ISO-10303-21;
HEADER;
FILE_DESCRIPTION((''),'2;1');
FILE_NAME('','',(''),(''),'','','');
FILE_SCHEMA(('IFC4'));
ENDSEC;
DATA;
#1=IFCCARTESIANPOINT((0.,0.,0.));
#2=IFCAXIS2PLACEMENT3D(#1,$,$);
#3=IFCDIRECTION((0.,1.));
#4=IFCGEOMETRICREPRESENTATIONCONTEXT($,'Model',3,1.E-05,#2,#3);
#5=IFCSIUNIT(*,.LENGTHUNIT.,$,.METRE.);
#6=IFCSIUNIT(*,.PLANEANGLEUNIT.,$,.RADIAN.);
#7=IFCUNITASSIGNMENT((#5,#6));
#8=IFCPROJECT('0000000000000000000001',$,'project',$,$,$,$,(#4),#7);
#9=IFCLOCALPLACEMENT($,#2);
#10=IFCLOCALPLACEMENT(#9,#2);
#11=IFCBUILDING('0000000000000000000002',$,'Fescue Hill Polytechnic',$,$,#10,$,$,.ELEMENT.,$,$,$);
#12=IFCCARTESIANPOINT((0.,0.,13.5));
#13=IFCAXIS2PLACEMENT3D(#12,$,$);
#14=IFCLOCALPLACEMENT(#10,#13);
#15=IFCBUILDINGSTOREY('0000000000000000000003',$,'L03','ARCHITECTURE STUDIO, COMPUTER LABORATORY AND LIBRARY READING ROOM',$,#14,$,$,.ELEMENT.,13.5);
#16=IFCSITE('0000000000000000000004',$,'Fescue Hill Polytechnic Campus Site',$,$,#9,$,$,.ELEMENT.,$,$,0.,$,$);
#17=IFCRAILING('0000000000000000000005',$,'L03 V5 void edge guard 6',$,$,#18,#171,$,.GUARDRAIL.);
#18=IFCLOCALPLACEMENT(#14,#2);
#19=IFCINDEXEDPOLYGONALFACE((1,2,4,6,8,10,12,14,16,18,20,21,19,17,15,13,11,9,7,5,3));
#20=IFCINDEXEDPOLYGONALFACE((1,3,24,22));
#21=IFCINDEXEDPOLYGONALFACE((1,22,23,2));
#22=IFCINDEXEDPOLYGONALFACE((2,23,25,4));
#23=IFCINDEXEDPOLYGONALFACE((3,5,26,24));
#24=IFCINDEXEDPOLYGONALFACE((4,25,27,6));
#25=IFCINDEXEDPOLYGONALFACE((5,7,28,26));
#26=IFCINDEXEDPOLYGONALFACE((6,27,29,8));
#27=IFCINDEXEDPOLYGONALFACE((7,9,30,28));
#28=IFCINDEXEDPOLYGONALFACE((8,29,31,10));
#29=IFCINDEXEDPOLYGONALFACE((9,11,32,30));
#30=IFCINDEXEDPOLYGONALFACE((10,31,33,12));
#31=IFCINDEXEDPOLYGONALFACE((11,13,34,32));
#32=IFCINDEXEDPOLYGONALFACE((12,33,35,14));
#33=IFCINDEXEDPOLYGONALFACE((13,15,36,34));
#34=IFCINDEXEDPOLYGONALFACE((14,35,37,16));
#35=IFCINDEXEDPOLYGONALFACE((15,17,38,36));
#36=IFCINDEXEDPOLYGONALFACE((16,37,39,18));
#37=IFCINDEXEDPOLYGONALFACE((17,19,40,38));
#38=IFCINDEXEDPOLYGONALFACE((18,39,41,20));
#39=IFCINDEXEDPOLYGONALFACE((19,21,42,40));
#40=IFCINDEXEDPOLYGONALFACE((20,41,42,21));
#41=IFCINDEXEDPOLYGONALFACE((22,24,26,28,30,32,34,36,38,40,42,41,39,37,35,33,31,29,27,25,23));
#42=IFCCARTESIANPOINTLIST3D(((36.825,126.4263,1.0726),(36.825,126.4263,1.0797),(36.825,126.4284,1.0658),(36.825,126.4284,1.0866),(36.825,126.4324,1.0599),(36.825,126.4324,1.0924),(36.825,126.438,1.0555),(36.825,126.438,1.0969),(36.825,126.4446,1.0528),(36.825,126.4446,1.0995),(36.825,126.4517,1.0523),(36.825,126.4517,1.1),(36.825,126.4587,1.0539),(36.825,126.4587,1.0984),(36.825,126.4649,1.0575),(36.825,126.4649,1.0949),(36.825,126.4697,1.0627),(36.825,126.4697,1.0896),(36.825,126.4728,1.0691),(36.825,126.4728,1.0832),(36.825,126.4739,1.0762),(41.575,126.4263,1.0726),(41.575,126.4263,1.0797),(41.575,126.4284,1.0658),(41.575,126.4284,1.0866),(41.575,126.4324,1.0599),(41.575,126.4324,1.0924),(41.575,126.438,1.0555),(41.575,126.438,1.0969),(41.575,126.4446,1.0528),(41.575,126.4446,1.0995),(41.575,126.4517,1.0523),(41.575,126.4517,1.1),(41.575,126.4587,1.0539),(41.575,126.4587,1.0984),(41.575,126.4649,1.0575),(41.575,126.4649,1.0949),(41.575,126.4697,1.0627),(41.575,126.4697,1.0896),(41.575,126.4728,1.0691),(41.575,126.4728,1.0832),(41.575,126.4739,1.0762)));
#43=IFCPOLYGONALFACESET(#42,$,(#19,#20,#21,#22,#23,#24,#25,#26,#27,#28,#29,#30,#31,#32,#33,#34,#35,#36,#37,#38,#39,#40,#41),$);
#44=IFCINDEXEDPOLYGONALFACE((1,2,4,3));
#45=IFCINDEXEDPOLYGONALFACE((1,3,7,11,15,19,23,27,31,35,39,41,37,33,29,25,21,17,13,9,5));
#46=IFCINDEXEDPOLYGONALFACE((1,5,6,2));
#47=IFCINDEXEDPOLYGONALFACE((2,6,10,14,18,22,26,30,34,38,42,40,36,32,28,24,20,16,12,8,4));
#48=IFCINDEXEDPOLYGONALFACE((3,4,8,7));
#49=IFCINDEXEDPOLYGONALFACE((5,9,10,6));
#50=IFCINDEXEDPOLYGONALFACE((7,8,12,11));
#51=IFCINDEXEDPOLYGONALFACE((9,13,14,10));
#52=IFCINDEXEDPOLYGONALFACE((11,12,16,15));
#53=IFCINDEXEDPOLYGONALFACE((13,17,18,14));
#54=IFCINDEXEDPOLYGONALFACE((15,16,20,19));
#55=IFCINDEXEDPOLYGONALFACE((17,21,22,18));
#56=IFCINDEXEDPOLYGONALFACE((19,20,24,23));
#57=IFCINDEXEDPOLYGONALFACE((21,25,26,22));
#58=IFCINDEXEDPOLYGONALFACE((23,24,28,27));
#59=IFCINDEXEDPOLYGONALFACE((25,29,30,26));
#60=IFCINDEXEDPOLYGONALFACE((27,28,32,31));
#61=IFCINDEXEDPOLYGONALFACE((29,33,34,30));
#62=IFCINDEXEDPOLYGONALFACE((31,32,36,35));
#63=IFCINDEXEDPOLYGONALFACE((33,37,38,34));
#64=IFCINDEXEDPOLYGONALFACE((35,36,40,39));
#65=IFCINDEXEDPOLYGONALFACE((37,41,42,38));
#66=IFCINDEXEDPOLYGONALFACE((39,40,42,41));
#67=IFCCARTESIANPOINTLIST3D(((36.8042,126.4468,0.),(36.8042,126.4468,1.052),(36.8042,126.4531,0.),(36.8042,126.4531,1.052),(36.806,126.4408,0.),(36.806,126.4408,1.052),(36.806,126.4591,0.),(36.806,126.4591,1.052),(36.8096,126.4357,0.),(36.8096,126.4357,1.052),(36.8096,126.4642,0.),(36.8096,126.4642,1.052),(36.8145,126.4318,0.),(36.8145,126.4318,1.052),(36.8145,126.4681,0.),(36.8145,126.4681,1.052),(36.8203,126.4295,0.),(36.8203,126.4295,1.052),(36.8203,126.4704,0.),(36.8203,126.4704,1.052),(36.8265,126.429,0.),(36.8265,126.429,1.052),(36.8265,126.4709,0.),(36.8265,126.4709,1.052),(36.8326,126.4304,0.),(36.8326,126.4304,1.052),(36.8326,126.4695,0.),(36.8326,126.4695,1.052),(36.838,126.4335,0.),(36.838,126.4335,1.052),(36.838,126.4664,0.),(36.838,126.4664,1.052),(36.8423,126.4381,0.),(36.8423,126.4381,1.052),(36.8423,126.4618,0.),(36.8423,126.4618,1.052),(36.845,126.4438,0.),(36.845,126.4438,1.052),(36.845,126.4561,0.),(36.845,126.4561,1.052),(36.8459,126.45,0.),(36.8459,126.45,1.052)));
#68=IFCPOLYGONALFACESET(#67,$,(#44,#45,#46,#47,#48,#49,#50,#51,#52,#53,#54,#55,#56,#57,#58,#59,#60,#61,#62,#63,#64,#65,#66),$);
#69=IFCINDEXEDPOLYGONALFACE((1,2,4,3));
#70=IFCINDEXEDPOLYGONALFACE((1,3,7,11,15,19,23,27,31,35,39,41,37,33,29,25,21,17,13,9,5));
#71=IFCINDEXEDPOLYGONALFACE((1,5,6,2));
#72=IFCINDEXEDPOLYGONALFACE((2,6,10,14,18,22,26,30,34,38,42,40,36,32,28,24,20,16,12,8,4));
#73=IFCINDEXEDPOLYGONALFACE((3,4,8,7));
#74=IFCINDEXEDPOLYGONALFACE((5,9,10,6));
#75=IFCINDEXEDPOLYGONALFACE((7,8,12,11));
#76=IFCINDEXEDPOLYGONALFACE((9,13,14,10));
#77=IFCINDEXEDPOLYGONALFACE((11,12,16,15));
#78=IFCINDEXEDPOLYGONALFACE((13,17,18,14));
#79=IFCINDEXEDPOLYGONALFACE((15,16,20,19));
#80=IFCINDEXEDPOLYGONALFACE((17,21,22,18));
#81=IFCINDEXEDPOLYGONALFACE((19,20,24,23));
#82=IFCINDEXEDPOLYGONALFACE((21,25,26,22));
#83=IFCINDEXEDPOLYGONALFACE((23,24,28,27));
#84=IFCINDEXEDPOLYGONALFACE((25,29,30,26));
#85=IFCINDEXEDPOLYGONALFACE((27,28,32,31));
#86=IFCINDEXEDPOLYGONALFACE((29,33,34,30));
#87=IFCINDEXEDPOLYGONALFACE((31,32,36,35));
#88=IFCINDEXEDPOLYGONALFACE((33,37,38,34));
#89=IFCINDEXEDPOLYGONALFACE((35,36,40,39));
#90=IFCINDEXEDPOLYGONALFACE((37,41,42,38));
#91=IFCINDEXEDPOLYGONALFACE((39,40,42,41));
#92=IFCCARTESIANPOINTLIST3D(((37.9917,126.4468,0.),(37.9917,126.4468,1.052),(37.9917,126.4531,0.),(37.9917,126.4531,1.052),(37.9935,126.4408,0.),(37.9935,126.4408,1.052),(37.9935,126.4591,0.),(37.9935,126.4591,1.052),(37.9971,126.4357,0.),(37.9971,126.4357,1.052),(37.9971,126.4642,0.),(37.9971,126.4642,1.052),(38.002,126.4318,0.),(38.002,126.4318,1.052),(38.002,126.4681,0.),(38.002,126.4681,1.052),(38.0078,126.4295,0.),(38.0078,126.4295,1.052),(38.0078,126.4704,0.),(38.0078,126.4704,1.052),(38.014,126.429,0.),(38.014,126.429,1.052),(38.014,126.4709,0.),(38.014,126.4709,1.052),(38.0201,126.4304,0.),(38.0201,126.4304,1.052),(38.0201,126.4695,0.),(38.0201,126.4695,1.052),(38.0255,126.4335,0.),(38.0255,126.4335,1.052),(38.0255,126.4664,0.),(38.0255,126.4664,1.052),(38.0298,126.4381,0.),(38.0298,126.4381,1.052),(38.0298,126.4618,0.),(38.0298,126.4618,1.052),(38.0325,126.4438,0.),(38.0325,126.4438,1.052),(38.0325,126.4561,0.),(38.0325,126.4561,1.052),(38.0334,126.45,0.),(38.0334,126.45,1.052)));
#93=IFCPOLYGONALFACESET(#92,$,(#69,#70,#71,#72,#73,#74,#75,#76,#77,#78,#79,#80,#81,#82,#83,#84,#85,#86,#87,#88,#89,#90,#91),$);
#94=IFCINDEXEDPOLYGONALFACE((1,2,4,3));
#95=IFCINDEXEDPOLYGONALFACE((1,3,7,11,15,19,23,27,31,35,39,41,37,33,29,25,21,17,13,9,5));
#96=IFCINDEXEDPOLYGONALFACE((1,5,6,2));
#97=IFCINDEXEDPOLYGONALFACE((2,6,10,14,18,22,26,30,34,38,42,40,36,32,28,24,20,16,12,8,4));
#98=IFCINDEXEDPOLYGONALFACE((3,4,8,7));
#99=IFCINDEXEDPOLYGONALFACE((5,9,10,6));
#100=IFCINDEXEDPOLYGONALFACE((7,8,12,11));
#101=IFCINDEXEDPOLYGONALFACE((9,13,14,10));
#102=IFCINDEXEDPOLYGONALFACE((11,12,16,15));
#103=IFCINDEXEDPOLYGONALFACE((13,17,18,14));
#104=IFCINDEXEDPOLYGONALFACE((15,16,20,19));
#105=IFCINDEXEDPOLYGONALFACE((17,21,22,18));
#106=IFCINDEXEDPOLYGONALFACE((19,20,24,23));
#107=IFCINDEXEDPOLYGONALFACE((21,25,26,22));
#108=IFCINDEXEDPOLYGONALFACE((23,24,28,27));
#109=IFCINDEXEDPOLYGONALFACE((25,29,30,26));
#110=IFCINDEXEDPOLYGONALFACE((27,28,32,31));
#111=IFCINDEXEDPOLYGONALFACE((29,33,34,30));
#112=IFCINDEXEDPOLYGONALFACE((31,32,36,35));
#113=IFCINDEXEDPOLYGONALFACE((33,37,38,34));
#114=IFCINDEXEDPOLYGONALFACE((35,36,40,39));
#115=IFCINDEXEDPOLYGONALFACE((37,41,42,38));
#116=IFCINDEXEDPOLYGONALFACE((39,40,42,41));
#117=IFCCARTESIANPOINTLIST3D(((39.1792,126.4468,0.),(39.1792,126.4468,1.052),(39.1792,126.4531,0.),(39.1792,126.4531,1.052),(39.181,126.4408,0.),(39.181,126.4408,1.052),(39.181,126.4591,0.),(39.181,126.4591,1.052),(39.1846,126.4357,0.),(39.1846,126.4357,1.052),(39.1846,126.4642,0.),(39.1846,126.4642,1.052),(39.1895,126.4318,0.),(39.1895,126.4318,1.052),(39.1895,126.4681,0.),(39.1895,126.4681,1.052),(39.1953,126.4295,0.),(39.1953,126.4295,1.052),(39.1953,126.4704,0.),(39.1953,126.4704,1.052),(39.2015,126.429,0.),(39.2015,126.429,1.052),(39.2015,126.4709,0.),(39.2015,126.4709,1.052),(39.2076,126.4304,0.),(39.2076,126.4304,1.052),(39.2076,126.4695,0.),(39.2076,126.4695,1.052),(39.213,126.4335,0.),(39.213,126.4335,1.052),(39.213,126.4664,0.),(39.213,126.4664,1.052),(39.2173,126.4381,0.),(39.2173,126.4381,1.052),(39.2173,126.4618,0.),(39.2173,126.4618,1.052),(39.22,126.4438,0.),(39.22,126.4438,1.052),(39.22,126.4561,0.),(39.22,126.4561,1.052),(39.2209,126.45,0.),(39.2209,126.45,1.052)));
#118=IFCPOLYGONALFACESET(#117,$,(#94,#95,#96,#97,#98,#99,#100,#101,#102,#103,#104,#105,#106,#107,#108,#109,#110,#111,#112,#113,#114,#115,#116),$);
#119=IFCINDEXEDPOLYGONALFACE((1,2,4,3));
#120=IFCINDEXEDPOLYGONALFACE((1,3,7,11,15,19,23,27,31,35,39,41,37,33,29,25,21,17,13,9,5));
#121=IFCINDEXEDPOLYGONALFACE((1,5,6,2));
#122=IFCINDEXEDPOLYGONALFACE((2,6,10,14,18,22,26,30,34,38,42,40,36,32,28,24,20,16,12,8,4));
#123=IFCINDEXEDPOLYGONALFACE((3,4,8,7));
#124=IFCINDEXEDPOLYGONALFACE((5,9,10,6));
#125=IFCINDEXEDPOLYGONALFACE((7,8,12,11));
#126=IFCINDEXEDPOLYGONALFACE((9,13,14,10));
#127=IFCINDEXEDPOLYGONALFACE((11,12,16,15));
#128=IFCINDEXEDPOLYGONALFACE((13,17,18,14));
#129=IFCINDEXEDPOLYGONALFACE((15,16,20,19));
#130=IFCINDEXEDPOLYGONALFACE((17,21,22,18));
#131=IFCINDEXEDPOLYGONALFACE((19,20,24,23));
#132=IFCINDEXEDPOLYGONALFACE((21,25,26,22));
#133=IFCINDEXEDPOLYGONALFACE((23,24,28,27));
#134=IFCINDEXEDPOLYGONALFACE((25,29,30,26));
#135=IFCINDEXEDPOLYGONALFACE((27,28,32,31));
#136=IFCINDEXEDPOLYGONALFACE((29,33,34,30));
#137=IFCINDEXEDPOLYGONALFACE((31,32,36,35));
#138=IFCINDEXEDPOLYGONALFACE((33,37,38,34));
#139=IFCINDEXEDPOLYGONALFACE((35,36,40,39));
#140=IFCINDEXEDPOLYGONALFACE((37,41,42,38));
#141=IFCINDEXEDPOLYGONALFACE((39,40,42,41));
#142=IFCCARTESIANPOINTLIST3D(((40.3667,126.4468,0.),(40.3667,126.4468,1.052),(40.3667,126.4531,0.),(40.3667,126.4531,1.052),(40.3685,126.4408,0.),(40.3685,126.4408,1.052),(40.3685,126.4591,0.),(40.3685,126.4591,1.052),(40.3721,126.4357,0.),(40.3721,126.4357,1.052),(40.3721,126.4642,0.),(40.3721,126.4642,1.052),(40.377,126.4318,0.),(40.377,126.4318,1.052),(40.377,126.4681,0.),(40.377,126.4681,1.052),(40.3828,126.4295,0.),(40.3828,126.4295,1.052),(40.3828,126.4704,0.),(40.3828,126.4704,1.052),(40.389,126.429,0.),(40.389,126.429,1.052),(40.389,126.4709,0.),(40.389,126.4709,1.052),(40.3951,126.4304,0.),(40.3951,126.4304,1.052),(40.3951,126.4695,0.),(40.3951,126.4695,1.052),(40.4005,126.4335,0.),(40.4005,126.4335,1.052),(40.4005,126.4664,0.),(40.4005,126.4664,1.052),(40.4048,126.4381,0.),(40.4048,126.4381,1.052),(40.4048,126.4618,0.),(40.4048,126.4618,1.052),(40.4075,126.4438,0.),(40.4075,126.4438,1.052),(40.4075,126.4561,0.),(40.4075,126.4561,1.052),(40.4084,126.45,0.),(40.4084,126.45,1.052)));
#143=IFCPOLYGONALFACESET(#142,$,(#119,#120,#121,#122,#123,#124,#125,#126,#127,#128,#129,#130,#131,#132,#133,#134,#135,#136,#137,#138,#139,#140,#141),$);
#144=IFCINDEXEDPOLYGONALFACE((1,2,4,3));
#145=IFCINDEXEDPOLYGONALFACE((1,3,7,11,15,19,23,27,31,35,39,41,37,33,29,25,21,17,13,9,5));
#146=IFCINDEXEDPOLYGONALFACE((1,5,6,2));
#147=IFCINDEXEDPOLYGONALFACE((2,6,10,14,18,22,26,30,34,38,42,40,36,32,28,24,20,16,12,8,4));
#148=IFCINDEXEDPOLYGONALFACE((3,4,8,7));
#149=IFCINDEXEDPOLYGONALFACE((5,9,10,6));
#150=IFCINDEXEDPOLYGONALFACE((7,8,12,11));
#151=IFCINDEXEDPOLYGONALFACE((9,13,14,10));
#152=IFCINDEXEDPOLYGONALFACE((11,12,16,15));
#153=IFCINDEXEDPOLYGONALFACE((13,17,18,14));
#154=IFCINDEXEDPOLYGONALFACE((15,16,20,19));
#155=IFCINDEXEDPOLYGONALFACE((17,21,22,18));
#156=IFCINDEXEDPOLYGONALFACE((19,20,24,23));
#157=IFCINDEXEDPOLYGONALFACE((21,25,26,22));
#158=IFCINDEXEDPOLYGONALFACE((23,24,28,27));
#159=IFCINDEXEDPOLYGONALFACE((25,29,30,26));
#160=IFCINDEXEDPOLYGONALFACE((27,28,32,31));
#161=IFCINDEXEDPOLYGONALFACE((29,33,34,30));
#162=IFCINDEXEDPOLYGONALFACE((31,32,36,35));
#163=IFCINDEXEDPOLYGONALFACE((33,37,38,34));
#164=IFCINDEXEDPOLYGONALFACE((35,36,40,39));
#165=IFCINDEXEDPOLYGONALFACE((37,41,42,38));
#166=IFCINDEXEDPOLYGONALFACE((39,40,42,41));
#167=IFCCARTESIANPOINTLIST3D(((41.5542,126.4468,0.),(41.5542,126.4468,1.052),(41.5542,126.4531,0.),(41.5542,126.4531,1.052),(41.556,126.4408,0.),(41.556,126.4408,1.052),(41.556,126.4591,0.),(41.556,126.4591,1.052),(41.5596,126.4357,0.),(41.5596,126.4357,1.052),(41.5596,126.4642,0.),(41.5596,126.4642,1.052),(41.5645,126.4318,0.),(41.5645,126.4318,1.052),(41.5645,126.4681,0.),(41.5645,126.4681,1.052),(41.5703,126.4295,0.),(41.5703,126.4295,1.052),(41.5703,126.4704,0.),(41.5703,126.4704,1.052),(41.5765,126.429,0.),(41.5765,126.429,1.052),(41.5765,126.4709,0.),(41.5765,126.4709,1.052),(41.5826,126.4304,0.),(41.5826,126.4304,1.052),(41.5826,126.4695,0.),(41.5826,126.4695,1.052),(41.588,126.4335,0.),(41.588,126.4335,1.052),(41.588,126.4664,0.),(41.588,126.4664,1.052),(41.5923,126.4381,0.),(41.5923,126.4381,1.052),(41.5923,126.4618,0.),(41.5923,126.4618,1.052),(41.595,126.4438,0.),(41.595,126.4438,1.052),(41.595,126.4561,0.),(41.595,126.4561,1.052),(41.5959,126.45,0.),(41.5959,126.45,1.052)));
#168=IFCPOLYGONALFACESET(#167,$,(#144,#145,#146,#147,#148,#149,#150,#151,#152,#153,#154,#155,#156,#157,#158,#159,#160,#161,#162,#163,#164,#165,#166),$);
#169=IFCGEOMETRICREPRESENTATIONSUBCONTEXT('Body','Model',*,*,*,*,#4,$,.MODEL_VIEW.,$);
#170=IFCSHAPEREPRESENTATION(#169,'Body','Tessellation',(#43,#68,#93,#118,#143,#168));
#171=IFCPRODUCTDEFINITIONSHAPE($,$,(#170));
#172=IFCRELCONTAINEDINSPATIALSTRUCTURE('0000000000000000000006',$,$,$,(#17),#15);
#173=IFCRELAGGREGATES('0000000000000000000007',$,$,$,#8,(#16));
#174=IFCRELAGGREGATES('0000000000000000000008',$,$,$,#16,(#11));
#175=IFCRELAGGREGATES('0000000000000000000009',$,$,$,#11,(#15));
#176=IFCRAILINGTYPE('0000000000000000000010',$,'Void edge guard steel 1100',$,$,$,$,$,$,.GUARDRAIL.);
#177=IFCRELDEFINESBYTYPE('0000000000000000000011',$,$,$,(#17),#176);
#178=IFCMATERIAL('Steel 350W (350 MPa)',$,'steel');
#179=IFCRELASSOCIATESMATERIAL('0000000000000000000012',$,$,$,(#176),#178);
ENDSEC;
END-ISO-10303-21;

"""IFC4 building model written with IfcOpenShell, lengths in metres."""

from ifc_helpers import new_model, si_unit, direction, frame, origin, origin_2d, place, context, subcontext, project, spatial, circle, extrude, material, type_object, element, save


model = new_model("IFC4")

# Units and contexts
model_context = context("Model", 3, precision=1e-05, world=origin(), true_north=direction((0.0, 1.0)))
body_context = subcontext(model_context, "Body", "Model", "MODEL_VIEW")
ifc_project = project(units=[si_unit("LENGTHUNIT", "METRE"), si_unit("PLANEANGLEUNIT", "RADIAN")], contexts=[model_context])

# Site, building, storey
site_placement = place(None, origin())
site = spatial("IfcSite", under=ifc_project, at=site_placement, Name="Fescue Hill Polytechnic Campus Site", CompositionType="ELEMENT", RefElevation=0.0)
building_placement = place(site_placement, origin())
building = spatial("IfcBuilding", under=site, at=building_placement, Name="Fescue Hill Polytechnic", CompositionType="ELEMENT")
storey_placement = place(building_placement, frame((0.0, 0.0, 13.5)))
storey = spatial("IfcBuildingStorey", under=building, at=storey_placement, Name="L03", Description="ARCHITECTURE STUDIO, COMPUTER LABORATORY AND LIBRARY READING ROOM", CompositionType="ELEMENT", Elevation=13.5)

# Railing
ifc_material_1 = material(Name="Steel 350W (350 MPa)", Category="steel")
railing_type_1 = type_object("IfcRailingType", Name="Void edge guard steel 1100", PredefinedType="GUARDRAIL", material=ifc_material_1)
railing_1_placement = place(storey_placement, frame((36.825, 126.45, 0.0)))
element("IfcRailing", 1, at=railing_1_placement, inside=storey, type_object=railing_type_1, Name="L03 V5 void edge guard 6", PredefinedType="GUARDRAIL", context=body_context, shape_type="SweptSolid", body=[
    extrude(circle(Radius=0.0239, at=origin_2d()), frame((0.0, 0.0, 1.0762), z_axis=(1.0, 0.0, 0.0), x_axis=(0.0, 1.0, 0.0)), (0.0, 0.0, 1.0), 4.75),
    extrude(circle(Radius=0.021, at=origin_2d()), origin(), (0.0, 0.0, 1.0), 1.052),
    extrude(circle(Radius=0.021, at=origin_2d()), frame((1.1875, 0.0, 0.0)), (0.0, 0.0, 1.0), 1.052),
    extrude(circle(Radius=0.021, at=origin_2d()), frame((2.375, 0.0, 0.0)), (0.0, 0.0, 1.0), 1.052),
    extrude(circle(Radius=0.021, at=origin_2d()), frame((3.5625, 0.0, 0.0)), (0.0, 0.0, 1.0), 1.052),
    extrude(circle(Radius=0.021, at=origin_2d()), frame((4.75, 0.0, 0.0)), (0.0, 0.0, 1.0), 1.052),
])

save(model, "model.ifc")
